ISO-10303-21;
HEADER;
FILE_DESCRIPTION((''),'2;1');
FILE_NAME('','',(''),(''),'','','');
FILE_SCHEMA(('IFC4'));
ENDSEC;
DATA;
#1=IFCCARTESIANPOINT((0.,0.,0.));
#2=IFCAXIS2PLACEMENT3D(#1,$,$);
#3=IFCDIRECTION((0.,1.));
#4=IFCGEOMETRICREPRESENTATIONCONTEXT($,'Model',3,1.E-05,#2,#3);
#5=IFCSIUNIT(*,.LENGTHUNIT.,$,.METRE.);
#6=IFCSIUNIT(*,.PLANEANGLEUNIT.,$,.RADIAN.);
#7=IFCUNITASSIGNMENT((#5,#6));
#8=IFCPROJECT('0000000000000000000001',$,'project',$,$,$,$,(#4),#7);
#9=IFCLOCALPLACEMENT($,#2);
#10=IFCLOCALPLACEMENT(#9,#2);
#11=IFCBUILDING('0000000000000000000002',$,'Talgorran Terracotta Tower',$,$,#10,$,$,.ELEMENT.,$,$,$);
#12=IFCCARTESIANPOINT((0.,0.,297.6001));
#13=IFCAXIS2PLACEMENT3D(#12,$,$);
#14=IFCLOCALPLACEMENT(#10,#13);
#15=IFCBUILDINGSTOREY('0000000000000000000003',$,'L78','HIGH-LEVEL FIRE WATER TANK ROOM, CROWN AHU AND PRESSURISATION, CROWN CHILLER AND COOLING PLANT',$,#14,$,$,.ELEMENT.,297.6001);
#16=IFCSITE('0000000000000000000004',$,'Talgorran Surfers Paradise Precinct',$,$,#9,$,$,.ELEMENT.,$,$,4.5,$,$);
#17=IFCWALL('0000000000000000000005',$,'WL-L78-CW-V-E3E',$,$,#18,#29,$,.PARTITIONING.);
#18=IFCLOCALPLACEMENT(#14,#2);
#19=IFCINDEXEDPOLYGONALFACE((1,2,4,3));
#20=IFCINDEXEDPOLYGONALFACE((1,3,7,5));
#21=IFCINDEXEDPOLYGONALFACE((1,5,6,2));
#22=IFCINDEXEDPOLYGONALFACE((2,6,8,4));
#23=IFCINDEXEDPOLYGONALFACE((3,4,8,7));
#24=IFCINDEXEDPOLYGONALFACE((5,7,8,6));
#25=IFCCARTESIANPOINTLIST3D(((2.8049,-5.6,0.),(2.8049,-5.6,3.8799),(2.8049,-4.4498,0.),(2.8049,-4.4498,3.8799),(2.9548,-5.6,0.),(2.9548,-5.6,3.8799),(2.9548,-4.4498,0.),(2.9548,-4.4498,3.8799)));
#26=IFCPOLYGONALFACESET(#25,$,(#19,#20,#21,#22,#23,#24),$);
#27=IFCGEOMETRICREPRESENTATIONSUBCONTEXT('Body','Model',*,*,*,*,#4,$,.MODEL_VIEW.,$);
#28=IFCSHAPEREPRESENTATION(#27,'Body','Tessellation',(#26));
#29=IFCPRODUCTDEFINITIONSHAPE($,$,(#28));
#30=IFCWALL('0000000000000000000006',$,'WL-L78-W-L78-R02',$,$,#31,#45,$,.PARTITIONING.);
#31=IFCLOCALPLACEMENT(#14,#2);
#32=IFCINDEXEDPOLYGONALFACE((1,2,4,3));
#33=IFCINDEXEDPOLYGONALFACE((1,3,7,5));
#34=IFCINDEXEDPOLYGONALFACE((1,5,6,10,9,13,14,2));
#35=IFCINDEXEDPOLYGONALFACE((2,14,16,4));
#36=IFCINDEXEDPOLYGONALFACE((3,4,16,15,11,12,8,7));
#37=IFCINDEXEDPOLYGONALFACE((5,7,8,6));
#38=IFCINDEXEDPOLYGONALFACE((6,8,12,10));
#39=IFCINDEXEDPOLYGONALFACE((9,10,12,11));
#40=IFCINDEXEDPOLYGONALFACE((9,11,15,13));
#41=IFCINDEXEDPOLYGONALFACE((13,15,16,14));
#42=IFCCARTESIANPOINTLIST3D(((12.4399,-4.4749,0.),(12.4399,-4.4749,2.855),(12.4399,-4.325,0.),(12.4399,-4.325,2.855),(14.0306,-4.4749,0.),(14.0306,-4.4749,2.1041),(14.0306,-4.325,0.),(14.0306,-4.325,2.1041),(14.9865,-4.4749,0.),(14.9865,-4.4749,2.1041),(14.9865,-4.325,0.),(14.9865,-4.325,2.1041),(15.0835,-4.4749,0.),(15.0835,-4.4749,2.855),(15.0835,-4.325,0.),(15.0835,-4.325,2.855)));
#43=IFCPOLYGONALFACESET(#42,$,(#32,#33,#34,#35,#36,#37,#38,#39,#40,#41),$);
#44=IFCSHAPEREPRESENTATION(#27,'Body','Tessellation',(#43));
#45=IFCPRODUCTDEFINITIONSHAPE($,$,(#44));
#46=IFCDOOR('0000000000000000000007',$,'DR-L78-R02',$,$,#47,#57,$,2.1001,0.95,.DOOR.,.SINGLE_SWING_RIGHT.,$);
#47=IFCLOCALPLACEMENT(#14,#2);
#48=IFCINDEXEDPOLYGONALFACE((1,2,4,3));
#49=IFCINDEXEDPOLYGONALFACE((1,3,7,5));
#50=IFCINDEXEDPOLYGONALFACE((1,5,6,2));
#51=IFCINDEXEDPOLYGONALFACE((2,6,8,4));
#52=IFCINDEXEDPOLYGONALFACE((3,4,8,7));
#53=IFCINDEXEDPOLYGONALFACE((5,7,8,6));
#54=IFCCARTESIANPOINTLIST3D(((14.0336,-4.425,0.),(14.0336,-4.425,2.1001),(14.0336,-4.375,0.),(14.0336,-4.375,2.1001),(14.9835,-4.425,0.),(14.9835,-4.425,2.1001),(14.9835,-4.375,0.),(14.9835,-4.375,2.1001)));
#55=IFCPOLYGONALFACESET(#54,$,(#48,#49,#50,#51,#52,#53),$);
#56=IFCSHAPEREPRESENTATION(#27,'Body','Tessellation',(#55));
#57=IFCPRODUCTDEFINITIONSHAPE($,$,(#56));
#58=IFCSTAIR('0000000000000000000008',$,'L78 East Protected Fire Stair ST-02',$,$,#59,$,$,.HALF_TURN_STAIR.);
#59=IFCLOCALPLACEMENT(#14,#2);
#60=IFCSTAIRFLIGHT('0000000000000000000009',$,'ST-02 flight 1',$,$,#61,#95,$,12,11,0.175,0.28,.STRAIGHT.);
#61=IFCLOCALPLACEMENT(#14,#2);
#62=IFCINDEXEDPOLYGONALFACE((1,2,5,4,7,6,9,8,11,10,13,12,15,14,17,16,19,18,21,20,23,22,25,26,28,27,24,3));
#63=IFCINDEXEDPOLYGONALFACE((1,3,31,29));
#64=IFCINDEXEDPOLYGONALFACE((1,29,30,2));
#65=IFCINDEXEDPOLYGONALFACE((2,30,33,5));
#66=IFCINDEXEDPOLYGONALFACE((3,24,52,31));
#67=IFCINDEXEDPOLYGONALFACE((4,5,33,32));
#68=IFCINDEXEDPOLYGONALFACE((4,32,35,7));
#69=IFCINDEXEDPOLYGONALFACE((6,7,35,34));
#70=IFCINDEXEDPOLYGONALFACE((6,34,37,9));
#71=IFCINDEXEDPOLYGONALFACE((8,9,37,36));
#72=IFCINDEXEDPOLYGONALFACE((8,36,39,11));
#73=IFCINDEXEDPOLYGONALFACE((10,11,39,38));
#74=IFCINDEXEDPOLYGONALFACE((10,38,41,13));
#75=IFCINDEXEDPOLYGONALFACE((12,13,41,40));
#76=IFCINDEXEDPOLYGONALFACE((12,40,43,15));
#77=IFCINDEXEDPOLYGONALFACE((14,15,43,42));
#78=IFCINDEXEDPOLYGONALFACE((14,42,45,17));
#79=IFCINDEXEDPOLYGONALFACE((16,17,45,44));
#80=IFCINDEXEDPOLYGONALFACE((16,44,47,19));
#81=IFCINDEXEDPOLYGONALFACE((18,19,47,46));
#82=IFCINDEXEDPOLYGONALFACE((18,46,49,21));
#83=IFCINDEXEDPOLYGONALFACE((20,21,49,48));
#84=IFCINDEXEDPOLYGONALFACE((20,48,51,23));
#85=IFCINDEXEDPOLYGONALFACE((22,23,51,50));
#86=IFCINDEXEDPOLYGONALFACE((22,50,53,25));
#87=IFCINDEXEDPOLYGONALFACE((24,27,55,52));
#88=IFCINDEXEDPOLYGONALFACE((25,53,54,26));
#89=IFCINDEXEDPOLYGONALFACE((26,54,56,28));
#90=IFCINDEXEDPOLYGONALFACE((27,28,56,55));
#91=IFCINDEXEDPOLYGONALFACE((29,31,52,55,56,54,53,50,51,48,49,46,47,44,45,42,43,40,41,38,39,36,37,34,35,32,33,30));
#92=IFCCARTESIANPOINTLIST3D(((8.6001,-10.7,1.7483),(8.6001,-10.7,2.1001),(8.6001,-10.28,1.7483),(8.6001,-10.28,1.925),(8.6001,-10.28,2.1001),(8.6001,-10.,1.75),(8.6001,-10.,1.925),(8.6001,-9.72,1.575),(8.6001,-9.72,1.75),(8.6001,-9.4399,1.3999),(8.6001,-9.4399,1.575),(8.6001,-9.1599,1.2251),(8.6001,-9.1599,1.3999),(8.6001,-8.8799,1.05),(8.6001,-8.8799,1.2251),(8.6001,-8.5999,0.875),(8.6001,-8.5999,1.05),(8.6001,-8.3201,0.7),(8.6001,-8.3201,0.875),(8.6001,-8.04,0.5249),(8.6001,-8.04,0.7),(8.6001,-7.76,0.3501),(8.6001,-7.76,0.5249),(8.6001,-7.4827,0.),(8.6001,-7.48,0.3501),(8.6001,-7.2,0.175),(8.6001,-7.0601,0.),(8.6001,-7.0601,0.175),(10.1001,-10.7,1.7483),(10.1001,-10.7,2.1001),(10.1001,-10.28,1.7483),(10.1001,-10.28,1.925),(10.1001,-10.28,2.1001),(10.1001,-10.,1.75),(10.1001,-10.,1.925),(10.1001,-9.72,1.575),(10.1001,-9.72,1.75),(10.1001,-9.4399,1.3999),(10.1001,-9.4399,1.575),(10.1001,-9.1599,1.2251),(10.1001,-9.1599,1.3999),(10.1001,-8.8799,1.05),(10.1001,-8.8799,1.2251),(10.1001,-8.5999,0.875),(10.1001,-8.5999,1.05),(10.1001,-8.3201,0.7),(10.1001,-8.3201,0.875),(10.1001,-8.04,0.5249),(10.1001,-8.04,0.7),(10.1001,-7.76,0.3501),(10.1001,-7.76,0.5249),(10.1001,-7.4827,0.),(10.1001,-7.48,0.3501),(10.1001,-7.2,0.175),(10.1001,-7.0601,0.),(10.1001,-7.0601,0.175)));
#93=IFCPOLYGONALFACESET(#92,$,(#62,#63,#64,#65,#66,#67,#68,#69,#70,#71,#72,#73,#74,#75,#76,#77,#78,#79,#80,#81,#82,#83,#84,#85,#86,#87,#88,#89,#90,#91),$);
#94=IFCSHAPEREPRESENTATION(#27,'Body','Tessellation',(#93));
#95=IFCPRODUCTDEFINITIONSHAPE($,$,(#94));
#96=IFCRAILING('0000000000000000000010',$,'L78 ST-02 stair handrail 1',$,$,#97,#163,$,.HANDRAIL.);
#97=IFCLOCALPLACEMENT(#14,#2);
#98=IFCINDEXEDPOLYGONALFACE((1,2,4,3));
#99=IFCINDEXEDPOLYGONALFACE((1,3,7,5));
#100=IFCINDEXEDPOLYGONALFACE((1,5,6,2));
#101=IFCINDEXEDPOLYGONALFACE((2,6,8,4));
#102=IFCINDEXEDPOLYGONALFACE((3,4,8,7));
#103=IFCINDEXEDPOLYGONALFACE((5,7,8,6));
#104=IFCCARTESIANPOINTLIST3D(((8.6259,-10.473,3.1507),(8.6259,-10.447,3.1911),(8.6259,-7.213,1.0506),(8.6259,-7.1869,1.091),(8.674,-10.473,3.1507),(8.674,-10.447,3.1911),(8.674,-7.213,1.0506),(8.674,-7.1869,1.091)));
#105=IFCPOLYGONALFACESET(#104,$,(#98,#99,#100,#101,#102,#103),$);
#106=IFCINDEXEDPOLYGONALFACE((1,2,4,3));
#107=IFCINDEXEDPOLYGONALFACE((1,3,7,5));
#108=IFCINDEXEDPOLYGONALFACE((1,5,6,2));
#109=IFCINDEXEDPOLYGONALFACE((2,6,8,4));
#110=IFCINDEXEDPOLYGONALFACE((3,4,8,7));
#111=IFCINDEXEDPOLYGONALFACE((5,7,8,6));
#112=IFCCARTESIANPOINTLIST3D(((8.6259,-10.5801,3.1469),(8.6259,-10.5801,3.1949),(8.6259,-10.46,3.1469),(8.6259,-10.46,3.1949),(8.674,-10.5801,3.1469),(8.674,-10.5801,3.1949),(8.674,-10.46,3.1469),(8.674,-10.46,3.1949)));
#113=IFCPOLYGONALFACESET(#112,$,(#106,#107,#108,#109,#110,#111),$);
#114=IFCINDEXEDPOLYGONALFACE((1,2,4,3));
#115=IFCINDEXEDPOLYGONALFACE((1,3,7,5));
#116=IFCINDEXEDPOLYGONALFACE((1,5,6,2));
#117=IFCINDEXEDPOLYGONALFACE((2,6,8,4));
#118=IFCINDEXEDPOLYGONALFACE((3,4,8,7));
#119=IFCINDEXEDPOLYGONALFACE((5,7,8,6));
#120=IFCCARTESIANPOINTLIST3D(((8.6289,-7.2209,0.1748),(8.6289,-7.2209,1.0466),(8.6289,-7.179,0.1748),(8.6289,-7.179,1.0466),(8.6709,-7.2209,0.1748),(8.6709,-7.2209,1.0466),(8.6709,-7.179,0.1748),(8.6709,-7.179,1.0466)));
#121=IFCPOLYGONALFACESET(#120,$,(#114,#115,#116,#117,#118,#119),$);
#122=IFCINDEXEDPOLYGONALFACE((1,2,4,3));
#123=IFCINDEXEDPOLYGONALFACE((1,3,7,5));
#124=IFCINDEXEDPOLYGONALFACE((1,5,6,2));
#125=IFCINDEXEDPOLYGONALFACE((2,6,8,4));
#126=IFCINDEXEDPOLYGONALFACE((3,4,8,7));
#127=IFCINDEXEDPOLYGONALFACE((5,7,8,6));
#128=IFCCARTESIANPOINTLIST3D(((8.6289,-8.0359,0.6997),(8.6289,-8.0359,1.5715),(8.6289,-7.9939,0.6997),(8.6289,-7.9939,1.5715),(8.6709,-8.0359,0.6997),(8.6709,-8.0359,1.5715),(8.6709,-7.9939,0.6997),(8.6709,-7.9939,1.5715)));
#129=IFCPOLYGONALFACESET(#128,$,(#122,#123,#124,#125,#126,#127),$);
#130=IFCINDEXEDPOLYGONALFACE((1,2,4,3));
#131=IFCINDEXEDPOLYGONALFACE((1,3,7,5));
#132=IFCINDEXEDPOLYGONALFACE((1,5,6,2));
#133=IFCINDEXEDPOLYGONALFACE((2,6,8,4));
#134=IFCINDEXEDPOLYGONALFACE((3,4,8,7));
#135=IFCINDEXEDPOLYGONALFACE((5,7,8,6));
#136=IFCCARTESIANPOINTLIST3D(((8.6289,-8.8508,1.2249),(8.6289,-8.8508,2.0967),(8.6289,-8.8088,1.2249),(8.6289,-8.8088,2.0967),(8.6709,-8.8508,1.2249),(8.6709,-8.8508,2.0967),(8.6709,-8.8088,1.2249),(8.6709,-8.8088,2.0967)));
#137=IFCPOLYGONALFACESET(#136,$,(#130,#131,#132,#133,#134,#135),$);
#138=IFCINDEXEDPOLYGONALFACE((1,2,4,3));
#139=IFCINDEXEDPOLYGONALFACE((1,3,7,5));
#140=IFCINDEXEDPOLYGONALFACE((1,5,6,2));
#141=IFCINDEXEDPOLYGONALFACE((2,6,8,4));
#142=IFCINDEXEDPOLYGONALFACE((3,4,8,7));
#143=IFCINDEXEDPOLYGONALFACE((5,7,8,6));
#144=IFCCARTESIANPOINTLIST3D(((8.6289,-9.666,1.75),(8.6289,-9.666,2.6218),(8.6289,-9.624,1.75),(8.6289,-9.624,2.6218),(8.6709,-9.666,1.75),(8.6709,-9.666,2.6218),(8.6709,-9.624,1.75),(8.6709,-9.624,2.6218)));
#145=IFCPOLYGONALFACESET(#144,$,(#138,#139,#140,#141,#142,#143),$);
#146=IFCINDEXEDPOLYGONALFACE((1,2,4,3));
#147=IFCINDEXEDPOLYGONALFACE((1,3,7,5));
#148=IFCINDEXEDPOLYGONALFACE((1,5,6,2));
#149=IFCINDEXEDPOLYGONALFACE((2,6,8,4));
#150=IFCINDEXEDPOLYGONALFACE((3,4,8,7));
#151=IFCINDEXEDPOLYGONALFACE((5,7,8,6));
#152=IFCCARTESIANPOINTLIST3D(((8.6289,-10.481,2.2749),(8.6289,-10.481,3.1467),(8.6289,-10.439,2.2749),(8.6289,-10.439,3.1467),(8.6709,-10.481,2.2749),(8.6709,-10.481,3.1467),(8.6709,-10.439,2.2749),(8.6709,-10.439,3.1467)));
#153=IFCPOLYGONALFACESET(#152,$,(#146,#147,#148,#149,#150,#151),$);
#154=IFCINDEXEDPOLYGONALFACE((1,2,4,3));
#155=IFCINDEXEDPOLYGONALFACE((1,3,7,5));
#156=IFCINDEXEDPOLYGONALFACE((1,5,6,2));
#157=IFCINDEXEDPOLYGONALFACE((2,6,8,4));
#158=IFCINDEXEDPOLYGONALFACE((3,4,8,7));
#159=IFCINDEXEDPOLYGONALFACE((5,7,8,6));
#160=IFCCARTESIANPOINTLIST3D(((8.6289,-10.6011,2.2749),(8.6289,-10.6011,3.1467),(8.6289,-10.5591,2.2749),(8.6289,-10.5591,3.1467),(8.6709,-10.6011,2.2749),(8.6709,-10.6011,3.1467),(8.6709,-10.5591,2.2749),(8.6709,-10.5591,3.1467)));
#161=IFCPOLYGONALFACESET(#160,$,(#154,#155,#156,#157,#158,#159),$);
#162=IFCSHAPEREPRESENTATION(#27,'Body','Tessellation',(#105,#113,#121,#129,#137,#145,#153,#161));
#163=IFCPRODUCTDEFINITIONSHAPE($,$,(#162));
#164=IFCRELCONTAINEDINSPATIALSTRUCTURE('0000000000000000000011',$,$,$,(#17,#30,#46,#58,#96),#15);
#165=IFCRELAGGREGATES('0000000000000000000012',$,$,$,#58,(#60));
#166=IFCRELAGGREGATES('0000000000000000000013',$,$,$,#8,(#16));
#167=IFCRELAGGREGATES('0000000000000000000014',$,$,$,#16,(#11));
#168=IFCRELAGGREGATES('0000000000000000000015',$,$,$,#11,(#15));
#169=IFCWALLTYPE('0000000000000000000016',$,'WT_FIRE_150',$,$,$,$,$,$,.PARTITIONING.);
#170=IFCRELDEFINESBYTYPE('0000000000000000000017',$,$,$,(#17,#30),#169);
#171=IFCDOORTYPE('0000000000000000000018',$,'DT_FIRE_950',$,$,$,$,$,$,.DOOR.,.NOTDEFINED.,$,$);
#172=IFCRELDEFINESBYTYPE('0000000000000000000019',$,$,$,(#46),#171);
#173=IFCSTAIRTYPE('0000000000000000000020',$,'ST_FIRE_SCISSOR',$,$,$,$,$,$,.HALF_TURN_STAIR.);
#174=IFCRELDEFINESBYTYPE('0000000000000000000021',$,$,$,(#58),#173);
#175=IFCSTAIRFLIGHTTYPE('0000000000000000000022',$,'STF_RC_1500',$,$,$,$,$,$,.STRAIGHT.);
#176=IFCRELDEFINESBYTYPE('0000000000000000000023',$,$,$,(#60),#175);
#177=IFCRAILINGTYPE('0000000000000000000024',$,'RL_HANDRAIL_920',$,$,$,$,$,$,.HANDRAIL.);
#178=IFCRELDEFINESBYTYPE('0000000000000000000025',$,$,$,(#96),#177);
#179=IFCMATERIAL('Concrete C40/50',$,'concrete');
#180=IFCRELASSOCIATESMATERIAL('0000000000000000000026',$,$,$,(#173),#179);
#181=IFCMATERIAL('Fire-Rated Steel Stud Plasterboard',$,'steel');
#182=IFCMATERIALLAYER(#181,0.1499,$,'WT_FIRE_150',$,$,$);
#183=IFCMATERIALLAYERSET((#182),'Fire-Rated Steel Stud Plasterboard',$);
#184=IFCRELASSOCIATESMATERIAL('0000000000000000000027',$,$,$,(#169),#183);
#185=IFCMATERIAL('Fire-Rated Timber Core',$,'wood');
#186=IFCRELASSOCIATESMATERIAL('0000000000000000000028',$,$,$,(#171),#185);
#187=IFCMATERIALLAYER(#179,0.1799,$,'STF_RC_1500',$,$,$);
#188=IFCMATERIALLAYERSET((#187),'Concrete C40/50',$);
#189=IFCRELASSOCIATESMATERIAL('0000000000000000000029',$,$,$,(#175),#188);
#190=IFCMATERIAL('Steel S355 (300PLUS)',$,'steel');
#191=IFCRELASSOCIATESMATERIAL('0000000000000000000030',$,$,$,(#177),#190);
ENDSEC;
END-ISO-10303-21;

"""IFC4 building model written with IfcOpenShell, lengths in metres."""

from ifc_helpers import new_model, si_unit, direction, frame, frame_2d, origin, origin_2d, place, context, subcontext, project, spatial, polyline, rectangle, outline, extrude, material, layer, layer_set, type_object, element, fill, aggregate, save


model = new_model("IFC4")

# Units and contexts
model_context = context("Model", 3, precision=1e-05, world=origin(), true_north=direction((0.0, 1.0)))
body_context = subcontext(model_context, "Body", "Model", "MODEL_VIEW")
ifc_project = project(units=[si_unit("LENGTHUNIT", "METRE"), si_unit("PLANEANGLEUNIT", "RADIAN")], contexts=[model_context])

# Site, building, storey
site_placement = place(None, origin())
site = spatial("IfcSite", under=ifc_project, at=site_placement, Name="Talgorran Surfers Paradise Precinct", CompositionType="ELEMENT", RefElevation=4.5)
building_placement = place(site_placement, origin())
building = spatial("IfcBuilding", under=site, at=building_placement, Name="Talgorran Terracotta Tower", CompositionType="ELEMENT")
storey_placement = place(building_placement, frame((0.0, 0.0, 297.6001)))
storey = spatial("IfcBuildingStorey", under=building, at=storey_placement, Name="L78", Description="HIGH-LEVEL FIRE WATER TANK ROOM, CROWN AHU AND PRESSURISATION, CROWN CHILLER AND COOLING PLANT", CompositionType="ELEMENT", Elevation=297.6001)

# Shared definitions
ifc_material_1 = material(Name="Steel S355 (300PLUS)", Category="steel")

# Shared definitions
ifc_material_2 = material(Name="Concrete C40/50", Category="concrete")
stair_type = type_object("IfcStairType", Name="ST_FIRE_SCISSOR", PredefinedType="HALF_TURN_STAIR", material=ifc_material_2)

# Shared definitions
ifc_material_3 = material(Name="Fire-Rated Steel Stud Plasterboard", Category="steel")
ifc_layer_1 = layer(ifc_material_3, 0.1499, Name="WT_FIRE_150")
ifc_layer_set_1 = layer_set([ifc_layer_1], Name="Fire-Rated Steel Stud Plasterboard")
wall_type_1 = type_object("IfcWallType", Name="WT_FIRE_150", PredefinedType="PARTITIONING", material=ifc_layer_set_1)

# Wall
wall_1_placement = place(storey_placement, frame((2.8799, -5.6001, 0.0), z_axis=(0.0, 0.0, 1.0), x_axis=(0.0, 1.0, 0.0)))
element("IfcWall", 1, at=wall_1_placement, inside=storey, type_object=wall_type_1, Name="WL-L78-CW-V-E3E", PredefinedType="PARTITIONING", context=body_context, shape_type="SweptSolid", body=[
    extrude(rectangle(XDim=1.1501, YDim=0.1499, at=frame_2d((0.5752, 0.0))), origin(), (0.0, 0.0, 1.0), 3.8799),
])

# Wall, opening, door
wall_2_placement = place(storey_placement, frame((12.4399, -4.3999, 0.0), z_axis=(0.0, 0.0, 1.0), x_axis=(1.0, 0.0, 0.0)))
wall_2 = element("IfcWall", 2, at=wall_2_placement, inside=storey, type_object=wall_type_1, Name="WL-L78-W-L78-R02", PredefinedType="PARTITIONING", context=body_context, shape_type="SweptSolid", body=[
    extrude(rectangle(XDim=2.6436, YDim=0.1499, at=frame_2d((1.3218, 0.0))), origin(), (0.0, 0.0, 1.0), 2.855),
])
opening_1_placement = place(wall_2_placement, frame((1.5935, 0.0, 0.0)))
opening_1 = element("IfcOpeningElement", 3, at=opening_1_placement, cuts=wall_2, PredefinedType="OPENING", context=body_context, shape_type="SweptSolid", body=[
    extrude(rectangle(XDim=0.956, YDim=2.1041, at=frame_2d((0.4751, 1.052))), frame((0.0, 0.085, 0.0), z_axis=(0.0, -1.0, 0.0), x_axis=(1.0, 0.0, 0.0)), (0.0, 0.0, 1.0), 0.1699),
])
ifc_material_4 = material(Name="Fire-Rated Timber Core", Category="wood")
door_type_1 = type_object("IfcDoorType", Name="DT_FIRE_950", OperationType="NOTDEFINED", PredefinedType="DOOR", material=ifc_material_4)
door_1_placement = place(opening_1_placement, origin())
door_1 = element("IfcDoor", 4, at=door_1_placement, inside=storey, type_object=door_type_1, Name="DR-L78-R02", OperationType="SINGLE_SWING_RIGHT", OverallHeight=2.1001, OverallWidth=0.95, PredefinedType="DOOR", context=body_context, shape_type="SweptSolid", body=[
    extrude(rectangle(XDim=0.95, YDim=2.1001, at=frame_2d((0.4751, 1.05))), frame((0.0, 0.0249, 0.0), z_axis=(0.0, -1.0, 0.0), x_axis=(1.0, 0.0, 0.0)), (0.0, 0.0, 1.0), 0.05),
])
fill(opening_1, door_1)

# Stair, stair flight
stair_1_placement = place(storey_placement, origin())
stair_1 = element("IfcStair", 5, at=stair_1_placement, inside=storey, type_object=stair_type, Name="L78 East Protected Fire Stair ST-02", PredefinedType="HALF_TURN_STAIR")
ifc_layer_2 = layer(ifc_material_2, 0.1799, Name="STF_RC_1500")
ifc_layer_set_2 = layer_set([ifc_layer_2], Name="Concrete C40/50")
stair_flight_type = type_object("IfcStairFlightType", Name="STF_RC_1500", PredefinedType="STRAIGHT", material=ifc_layer_set_2)
stair_flight_placement = place(storey_placement, frame((9.3501, -7.2, 0.0), z_axis=(0.0, 0.0, 1.0), x_axis=(0.0, -1.0, 0.0)))
stair_flight = element("IfcStairFlight", 6, at=stair_flight_placement, type_object=stair_flight_type, Name="ST-02 flight 1", NumberOfRisers=12, NumberOfTreads=11, PredefinedType="STRAIGHT", RiserHeight=0.175, TreadLength=0.28, context=body_context, shape_type="SweptSolid", body=[
    extrude(outline(polyline([(-0.1399, 0.0), (-0.1399, 0.175), (0.0, 0.175), (0.28, 0.3501), (0.5601, 0.3501), (0.5601, 0.5249), (0.8401, 0.5249), (0.8401, 0.7), (1.1201, 0.7), (1.1201, 0.875), (1.3999, 0.875), (1.3999, 1.05), (1.6799, 1.05), (1.6799, 1.2251), (1.96, 1.2251), (1.96, 1.3999), (2.24, 1.3999), (2.24, 1.575), (2.52, 1.575), (2.52, 1.75), (2.8, 1.75), (2.8, 1.925), (3.0801, 1.925), (3.0801, 2.1001), (3.5, 2.1001), (3.5, 1.7483), (3.0801, 1.7483), (0.2827, 0.0), (-0.1399, 0.0)])), frame((0.0, 0.75, 0.0), z_axis=(0.0, -1.0, 0.0), x_axis=(1.0, 0.0, 0.0)), (0.0, 0.0, 1.0), 1.5),
])
aggregate(stair_1, [stair_flight])

# Railing
railing_type_1 = type_object("IfcRailingType", Name="RL_HANDRAIL_920", PredefinedType="HANDRAIL", material=ifc_material_1)
railing_1_placement = place(storey_placement, frame((8.6499, -7.2, 0.1748)))
element("IfcRailing", 7, at=railing_1_placement, inside=storey, type_object=railing_type_1, Name="L78 ST-02 stair handrail 1", PredefinedType="HANDRAIL", context=body_context, shape_type="SweptSolid", body=[
    extrude(rectangle(XDim=0.0481, YDim=0.0481, at=origin_2d()), frame((0.0, 0.0, 0.896), z_axis=(0.0, -0.840665, 0.541556), x_axis=(1.0, 0.0, 0.0)), (0.0, 0.0, 1.0), 3.8779),
    extrude(rectangle(XDim=0.0481, YDim=0.0481, at=origin_2d()), frame((0.0, -3.26, 2.9961), z_axis=(0.0, -1.0, 0.0), x_axis=(1.0, 0.0, 0.0)), (0.0, 0.0, 1.0), 0.1201),
    extrude(rectangle(XDim=0.042, YDim=0.042, at=origin_2d()), origin(), (0.0, 0.0, 1.0), 0.8718),
    extrude(rectangle(XDim=0.042, YDim=0.042, at=origin_2d()), frame((0.0, -0.8149, 0.5249)), (0.0, 0.0, 1.0), 0.8718),
    extrude(rectangle(XDim=0.042, YDim=0.042, at=origin_2d()), frame((0.0, -1.6299, 1.05)), (0.0, 0.0, 1.0), 0.8718),
    extrude(rectangle(XDim=0.042, YDim=0.042, at=origin_2d()), frame((0.0, -2.4451, 1.5752)), (0.0, 0.0, 1.0), 0.8718),
    extrude(rectangle(XDim=0.042, YDim=0.042, at=origin_2d()), frame((0.0, -3.26, 2.1001)), (0.0, 0.0, 1.0), 0.8718),
    extrude(rectangle(XDim=0.042, YDim=0.042, at=origin_2d()), frame((0.0, -3.3801, 2.1001)), (0.0, 0.0, 1.0), 0.8718),
])

save(model, "model.ifc")
